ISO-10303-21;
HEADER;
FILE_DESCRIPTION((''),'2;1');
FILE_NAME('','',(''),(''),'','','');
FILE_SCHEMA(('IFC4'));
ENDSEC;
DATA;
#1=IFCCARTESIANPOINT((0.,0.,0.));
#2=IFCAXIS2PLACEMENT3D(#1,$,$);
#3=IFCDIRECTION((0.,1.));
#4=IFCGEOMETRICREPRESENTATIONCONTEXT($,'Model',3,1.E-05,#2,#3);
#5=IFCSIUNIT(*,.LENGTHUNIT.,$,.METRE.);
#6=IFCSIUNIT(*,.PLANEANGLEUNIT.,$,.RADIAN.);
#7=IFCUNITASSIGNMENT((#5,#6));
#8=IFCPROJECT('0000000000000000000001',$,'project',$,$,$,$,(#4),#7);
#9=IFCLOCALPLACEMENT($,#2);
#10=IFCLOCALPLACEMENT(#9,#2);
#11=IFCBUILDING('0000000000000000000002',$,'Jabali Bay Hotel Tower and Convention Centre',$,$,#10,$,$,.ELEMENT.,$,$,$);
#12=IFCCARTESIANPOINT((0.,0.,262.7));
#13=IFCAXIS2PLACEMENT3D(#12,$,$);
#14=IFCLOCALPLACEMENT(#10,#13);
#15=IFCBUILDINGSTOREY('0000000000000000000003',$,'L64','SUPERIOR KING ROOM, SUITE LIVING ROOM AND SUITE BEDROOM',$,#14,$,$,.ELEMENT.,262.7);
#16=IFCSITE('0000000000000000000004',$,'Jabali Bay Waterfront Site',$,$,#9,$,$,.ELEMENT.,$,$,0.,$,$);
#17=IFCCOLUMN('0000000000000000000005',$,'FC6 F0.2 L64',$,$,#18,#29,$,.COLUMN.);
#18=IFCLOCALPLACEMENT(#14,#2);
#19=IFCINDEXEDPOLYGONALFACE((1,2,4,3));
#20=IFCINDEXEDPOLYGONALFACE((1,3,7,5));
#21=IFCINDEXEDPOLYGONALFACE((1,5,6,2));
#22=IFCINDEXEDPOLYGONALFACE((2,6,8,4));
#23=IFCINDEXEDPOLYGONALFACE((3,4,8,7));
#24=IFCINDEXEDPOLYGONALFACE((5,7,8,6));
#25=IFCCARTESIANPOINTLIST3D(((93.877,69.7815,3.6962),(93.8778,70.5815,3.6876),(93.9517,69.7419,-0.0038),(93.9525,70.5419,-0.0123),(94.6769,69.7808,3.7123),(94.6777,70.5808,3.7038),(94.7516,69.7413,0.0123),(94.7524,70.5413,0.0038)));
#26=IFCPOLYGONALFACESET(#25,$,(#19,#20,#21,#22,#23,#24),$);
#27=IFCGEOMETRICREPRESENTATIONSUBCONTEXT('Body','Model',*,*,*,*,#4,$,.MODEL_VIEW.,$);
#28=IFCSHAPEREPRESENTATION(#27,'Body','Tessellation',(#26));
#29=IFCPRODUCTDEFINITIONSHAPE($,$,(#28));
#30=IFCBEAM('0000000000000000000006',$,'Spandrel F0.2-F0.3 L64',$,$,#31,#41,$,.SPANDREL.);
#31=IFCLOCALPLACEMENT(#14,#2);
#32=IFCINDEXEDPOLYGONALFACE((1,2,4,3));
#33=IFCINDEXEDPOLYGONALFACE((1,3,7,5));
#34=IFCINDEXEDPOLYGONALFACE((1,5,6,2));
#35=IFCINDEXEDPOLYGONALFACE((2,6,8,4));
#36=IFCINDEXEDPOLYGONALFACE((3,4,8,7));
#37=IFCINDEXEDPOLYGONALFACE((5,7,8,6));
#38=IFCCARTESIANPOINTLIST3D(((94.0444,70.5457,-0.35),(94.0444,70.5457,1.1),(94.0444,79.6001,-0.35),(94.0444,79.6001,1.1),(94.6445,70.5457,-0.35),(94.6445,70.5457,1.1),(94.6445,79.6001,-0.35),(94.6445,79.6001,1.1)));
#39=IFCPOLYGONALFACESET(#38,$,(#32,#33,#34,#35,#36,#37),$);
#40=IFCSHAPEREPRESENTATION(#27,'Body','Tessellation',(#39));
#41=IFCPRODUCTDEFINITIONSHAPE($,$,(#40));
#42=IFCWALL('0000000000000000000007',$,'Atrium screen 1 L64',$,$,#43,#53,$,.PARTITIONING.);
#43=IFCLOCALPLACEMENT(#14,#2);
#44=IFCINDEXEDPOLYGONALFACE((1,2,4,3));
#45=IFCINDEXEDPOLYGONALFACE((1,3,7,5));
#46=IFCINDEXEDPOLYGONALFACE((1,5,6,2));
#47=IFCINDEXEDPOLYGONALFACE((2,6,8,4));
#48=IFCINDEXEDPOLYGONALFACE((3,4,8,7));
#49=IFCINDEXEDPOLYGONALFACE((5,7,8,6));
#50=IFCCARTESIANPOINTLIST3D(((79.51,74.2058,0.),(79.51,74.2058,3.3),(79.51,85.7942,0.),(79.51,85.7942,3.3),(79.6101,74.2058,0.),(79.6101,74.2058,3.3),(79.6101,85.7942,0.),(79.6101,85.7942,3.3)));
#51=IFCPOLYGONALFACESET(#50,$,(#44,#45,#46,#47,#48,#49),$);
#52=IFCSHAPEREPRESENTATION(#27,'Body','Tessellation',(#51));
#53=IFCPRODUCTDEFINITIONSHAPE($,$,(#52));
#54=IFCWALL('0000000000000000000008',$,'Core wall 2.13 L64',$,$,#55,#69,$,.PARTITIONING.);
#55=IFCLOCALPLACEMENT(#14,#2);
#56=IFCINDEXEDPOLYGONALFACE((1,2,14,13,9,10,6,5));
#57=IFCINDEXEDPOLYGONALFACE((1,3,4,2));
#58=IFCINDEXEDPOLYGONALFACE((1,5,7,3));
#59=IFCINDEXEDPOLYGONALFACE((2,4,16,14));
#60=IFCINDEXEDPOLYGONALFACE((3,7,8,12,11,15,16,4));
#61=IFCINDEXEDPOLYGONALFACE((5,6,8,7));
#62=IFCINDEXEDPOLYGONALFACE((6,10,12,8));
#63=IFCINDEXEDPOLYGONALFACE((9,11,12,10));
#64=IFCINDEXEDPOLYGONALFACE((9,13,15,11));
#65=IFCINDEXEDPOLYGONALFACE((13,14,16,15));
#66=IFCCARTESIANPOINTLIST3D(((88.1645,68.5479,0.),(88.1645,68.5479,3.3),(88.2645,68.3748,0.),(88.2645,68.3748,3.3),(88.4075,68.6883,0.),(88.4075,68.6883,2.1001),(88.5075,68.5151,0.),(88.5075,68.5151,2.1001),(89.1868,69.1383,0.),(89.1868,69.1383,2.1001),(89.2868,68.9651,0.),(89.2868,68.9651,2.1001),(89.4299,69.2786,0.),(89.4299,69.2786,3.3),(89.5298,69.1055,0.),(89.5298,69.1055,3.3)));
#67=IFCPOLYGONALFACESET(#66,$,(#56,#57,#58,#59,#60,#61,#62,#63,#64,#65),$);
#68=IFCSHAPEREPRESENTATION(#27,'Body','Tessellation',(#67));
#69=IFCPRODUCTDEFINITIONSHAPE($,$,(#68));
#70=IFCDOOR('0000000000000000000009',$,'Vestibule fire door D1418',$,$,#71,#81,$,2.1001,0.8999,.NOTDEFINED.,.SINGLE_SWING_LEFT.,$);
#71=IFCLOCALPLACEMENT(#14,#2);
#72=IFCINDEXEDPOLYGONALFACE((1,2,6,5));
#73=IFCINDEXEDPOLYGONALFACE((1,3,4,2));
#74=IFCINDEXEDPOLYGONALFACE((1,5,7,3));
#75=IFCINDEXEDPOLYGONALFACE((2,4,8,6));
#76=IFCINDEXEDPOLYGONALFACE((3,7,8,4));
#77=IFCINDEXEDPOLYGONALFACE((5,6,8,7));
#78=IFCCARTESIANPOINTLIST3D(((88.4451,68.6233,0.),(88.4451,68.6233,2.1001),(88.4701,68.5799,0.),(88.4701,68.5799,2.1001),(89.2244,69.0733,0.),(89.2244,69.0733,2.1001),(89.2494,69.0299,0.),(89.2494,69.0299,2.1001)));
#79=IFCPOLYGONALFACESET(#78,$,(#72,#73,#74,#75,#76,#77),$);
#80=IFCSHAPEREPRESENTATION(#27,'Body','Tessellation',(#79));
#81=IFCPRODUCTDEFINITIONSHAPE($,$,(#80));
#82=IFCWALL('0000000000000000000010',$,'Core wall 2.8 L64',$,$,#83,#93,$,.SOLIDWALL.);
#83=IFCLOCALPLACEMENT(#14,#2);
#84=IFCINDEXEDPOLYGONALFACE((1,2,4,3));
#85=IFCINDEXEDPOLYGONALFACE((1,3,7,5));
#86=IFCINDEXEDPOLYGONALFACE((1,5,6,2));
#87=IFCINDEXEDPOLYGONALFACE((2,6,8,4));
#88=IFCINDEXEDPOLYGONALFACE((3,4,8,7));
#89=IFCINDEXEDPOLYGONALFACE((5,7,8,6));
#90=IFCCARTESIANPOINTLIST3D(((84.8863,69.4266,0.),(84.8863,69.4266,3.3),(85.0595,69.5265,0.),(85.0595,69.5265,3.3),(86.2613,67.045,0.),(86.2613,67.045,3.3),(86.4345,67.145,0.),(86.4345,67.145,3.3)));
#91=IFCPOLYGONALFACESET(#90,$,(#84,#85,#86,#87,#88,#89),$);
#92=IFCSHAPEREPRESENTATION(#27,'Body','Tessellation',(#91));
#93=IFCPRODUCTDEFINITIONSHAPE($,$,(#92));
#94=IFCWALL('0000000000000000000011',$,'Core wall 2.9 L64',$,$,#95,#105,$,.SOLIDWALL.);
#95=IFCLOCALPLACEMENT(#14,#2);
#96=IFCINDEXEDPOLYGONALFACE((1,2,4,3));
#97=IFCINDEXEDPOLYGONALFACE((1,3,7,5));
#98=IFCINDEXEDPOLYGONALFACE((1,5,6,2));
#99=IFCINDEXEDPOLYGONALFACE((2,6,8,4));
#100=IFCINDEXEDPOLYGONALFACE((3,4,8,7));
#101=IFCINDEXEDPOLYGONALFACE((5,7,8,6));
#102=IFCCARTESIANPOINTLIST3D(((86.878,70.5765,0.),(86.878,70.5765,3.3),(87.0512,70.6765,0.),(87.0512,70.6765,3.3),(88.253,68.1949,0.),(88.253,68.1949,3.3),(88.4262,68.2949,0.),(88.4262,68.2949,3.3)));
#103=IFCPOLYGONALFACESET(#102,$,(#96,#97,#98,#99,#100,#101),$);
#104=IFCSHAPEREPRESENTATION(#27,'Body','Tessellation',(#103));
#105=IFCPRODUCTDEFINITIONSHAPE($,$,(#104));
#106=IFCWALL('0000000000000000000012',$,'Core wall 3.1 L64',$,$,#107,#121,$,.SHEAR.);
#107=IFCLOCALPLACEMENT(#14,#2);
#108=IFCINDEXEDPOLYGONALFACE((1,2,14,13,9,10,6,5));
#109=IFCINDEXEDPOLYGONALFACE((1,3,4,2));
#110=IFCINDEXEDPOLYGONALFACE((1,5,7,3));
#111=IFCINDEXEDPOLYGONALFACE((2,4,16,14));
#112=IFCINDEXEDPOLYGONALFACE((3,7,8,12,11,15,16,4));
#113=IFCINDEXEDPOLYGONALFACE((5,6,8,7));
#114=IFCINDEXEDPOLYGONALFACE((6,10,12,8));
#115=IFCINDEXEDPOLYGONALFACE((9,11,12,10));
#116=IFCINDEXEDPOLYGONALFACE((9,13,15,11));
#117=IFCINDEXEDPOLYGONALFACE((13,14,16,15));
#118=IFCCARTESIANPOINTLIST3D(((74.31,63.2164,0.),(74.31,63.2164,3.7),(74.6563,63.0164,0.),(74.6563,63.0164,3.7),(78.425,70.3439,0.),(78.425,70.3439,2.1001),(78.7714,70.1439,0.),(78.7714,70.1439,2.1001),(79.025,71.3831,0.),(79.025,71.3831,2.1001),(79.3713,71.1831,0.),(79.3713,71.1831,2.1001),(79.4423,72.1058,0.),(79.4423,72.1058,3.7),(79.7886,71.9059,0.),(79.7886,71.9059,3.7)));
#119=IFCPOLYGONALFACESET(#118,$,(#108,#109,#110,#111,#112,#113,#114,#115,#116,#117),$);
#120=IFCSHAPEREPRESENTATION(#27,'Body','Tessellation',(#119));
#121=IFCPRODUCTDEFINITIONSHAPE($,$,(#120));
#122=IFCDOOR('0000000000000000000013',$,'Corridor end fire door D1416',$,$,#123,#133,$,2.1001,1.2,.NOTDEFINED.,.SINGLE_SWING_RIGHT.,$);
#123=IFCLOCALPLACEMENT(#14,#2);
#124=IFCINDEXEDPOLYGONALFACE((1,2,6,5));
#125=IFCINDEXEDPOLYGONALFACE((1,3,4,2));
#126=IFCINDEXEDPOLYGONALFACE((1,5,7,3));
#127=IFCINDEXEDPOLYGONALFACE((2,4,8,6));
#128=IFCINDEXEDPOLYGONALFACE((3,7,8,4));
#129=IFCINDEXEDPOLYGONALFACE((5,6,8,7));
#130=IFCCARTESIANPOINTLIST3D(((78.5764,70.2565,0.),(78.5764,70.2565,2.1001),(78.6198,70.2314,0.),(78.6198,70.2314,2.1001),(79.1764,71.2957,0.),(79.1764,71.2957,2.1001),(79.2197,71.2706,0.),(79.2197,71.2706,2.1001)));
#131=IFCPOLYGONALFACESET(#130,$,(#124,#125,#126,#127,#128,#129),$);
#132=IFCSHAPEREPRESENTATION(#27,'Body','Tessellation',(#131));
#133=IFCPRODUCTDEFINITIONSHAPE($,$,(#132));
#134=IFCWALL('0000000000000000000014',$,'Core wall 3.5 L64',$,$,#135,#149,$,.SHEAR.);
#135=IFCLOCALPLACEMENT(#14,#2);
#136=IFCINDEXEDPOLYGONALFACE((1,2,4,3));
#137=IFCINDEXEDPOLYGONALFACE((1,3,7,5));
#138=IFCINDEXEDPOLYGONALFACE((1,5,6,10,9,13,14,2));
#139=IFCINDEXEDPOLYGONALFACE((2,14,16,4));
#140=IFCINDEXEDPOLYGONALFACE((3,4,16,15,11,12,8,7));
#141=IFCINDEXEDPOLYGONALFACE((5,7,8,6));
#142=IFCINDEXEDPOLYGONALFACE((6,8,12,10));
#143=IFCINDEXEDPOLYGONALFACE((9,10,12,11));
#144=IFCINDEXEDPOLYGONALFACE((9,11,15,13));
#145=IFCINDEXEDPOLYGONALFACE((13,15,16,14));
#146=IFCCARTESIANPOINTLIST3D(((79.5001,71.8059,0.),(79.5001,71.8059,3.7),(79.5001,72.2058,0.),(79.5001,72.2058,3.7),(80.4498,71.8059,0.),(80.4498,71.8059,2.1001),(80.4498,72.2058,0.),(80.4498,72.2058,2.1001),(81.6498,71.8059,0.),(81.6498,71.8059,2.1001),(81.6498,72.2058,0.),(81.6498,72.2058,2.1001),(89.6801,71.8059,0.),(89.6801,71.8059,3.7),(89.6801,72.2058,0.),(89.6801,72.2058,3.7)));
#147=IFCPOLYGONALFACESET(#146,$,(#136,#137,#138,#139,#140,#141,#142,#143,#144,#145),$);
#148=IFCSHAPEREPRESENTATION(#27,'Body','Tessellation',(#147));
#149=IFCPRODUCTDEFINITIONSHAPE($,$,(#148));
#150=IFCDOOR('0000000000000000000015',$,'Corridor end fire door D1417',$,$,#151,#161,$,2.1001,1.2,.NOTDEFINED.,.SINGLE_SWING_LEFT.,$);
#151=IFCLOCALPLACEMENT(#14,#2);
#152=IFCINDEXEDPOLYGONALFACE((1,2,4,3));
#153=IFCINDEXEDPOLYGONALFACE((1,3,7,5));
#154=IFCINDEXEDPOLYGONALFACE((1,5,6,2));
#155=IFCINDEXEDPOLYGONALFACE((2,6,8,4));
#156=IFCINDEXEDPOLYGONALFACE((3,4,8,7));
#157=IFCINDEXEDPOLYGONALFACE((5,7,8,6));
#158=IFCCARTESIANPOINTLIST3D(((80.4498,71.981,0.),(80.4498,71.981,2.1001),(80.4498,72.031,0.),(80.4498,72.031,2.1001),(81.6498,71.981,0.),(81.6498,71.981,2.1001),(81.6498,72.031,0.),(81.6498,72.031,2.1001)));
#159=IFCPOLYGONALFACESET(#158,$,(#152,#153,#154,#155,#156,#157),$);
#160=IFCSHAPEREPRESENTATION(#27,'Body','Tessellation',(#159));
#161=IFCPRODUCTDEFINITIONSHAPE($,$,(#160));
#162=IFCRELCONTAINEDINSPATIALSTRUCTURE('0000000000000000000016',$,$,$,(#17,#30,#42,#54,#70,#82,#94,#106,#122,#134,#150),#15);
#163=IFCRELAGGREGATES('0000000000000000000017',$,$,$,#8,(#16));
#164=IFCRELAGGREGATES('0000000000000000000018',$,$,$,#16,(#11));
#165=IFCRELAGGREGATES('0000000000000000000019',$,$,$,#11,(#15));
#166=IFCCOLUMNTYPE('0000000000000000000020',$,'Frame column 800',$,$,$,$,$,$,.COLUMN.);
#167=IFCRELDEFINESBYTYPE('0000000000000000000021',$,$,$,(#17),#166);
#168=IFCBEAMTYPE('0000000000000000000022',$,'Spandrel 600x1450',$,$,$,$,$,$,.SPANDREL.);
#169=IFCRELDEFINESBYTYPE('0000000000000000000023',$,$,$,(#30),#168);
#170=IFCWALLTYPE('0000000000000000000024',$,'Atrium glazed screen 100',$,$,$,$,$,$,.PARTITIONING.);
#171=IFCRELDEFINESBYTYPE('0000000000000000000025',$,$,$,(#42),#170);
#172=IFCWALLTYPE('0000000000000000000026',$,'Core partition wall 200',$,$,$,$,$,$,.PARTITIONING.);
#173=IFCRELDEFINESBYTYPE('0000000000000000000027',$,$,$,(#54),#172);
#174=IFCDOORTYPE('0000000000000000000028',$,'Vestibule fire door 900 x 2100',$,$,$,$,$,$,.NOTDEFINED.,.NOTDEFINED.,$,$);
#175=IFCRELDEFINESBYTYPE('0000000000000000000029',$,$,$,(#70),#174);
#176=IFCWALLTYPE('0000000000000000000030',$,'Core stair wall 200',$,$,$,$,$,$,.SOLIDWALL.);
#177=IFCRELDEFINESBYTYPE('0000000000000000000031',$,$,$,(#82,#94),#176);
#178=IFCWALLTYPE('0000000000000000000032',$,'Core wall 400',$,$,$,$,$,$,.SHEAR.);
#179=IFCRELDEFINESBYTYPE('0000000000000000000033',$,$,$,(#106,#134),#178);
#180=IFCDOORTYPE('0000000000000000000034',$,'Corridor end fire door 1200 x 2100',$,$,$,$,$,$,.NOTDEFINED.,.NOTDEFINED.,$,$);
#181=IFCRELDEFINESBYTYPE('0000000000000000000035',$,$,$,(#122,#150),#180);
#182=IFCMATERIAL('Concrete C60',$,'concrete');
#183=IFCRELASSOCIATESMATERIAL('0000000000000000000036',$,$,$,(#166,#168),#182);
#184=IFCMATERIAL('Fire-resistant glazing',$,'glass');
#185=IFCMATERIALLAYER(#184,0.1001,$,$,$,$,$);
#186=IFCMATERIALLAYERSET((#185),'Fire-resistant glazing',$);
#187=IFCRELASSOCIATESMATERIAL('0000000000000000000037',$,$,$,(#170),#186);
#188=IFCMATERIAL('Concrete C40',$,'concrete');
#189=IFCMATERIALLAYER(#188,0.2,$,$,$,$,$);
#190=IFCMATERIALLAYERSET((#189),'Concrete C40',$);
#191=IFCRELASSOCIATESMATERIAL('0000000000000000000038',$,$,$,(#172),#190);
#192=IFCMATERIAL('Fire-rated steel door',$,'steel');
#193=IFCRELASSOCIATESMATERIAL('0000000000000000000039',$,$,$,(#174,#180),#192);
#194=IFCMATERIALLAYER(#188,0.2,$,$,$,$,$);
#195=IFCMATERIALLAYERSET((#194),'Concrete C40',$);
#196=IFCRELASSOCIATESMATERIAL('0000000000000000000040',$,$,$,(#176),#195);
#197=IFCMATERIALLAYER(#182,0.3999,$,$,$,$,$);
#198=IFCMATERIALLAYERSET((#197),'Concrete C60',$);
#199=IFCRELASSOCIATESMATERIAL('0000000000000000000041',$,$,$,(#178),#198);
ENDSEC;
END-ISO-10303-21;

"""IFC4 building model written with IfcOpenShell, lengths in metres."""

from ifc_helpers import new_model, si_unit, direction, frame, frame_2d, origin, origin_2d, place, context, subcontext, project, spatial, rectangle, extrude, material, layer, layer_set, material_profile, profile_set, type_object, element, fill, save


model = new_model("IFC4")

# Units and contexts
model_context = context("Model", 3, precision=1e-05, world=origin(), true_north=direction((0.0, 1.0)))
body_context = subcontext(model_context, "Body", "Model", "MODEL_VIEW")
ifc_project = project(units=[si_unit("LENGTHUNIT", "METRE"), si_unit("PLANEANGLEUNIT", "RADIAN")], contexts=[model_context])

# Site, building, storey
site_placement = place(None, origin())
site = spatial("IfcSite", under=ifc_project, at=site_placement, Name="Jabali Bay Waterfront Site", CompositionType="ELEMENT", RefElevation=0.0)
building_placement = place(site_placement, origin())
building = spatial("IfcBuilding", under=site, at=building_placement, Name="Jabali Bay Hotel Tower and Convention Centre", CompositionType="ELEMENT")
storey_placement = place(building_placement, frame((0.0, 0.0, 262.7)))
storey = spatial("IfcBuildingStorey", under=building, at=storey_placement, Name="L64", Description="SUPERIOR KING ROOM, SUITE LIVING ROOM AND SUITE BEDROOM", CompositionType="ELEMENT", Elevation=262.7)

# Column
ifc_material_1 = material(Name="Concrete C60", Category="concrete")
ifc_material_profile_1 = material_profile(ifc_material_1, rectangle(XDim=0.8, YDim=0.8, at=origin_2d()), Name="Frame column 800")
ifc_profile_set_1 = profile_set([ifc_material_profile_1], Name="Concrete C60")
column_type = type_object("IfcColumnType", Name="Frame column 800", PredefinedType="COLUMN", material=ifc_profile_set_1)
column_placement = place(storey_placement, frame((94.3521, 70.1416, 0.0), z_axis=(-0.020186, 0.010687, 0.999739), x_axis=(-0.001023, -0.999943, 0.010668)))
element("IfcColumn", 1, at=column_placement, inside=storey, type_object=column_type, Name="FC6 F0.2 L64", PredefinedType="COLUMN", context=body_context, shape_type="SweptSolid", body=[
    extrude(rectangle(XDim=0.8, YDim=0.8, at=origin_2d()), origin(), (0.0, 0.0, 1.0), 3.7009),
])

# Beam
ifc_material_profile_2 = material_profile(ifc_material_1, rectangle(XDim=0.6001, YDim=1.45, at=origin_2d()), Name="Spandrel 600x1450")
ifc_profile_set_2 = profile_set([ifc_material_profile_2], Name="Concrete C60")
beam_type = type_object("IfcBeamType", Name="Spandrel 600x1450", PredefinedType="SPANDREL", material=ifc_profile_set_2)
beam_placement = place(storey_placement, frame((94.3445, 70.5457, 0.375), z_axis=(0.0, 1.0, 0.0), x_axis=(-1.0, 0.0, 0.0)))
element("IfcBeam", 2, at=beam_placement, inside=storey, type_object=beam_type, Name="Spandrel F0.2-F0.3 L64", PredefinedType="SPANDREL", context=body_context, shape_type="SweptSolid", body=[
    extrude(rectangle(XDim=0.6001, YDim=1.45, at=origin_2d()), origin(), (0.0, 0.0, 1.0), 9.0544),
])

# Wall
ifc_material_2 = material(Name="Fire-resistant glazing", Category="glass")
ifc_layer_1 = layer(ifc_material_2, 0.1001)
ifc_layer_set_1 = layer_set([ifc_layer_1], Name="Fire-resistant glazing")
wall_type_1 = type_object("IfcWallType", Name="Atrium glazed screen 100", PredefinedType="PARTITIONING", material=ifc_layer_set_1)
wall_1_placement = place(storey_placement, frame((79.5601, 74.2058, 0.0), z_axis=(0.0, 0.0, 1.0), x_axis=(0.0, 1.0, 0.0)))
element("IfcWall", 3, at=wall_1_placement, inside=storey, type_object=wall_type_1, Name="Atrium screen 1 L64", PredefinedType="PARTITIONING", context=body_context, shape_type="SweptSolid", body=[
    extrude(rectangle(XDim=11.5884, YDim=0.1001, at=frame_2d((5.7942, 0.0))), origin(), (0.0, 0.0, 1.0), 3.3),
])

# Wall, opening, door
ifc_material_3 = material(Name="Concrete C40", Category="concrete")
ifc_layer_2 = layer(ifc_material_3, 0.2)
ifc_layer_set_2 = layer_set([ifc_layer_2], Name="Concrete C40")
wall_type_2 = type_object("IfcWallType", Name="Core partition wall 200", PredefinedType="PARTITIONING", material=ifc_layer_set_2)
wall_2_placement = place(storey_placement, frame((88.2146, 68.4614, 0.0), z_axis=(0.0, 0.0, 1.0), x_axis=(0.865982, 0.500074, 0.0)))
wall_2 = element("IfcWall", 4, at=wall_2_placement, inside=storey, type_object=wall_type_2, Name="Core wall 2.13 L64", PredefinedType="PARTITIONING", context=body_context, shape_type="SweptSolid", body=[
    extrude(rectangle(XDim=1.4612, YDim=0.2, at=frame_2d((0.7305, 0.0))), origin(), (0.0, 0.0, 1.0), 3.3),
])
opening_1_placement = place(wall_2_placement, frame((0.2805, 0.0, 0.0)))
opening_1 = element("IfcOpeningElement", 5, at=opening_1_placement, cuts=wall_2, PredefinedType="OPENING", context=body_context, shape_type="SweptSolid", body=[
    extrude(rectangle(XDim=0.8999, YDim=2.1001, at=frame_2d((0.45, 1.05))), frame((0.0, 0.1104, 0.0), z_axis=(0.0, -1.0, 0.0), x_axis=(1.0, 0.0, 0.0)), (0.0, 0.0, 1.0), 0.2209),
])
ifc_material_4 = material(Name="Fire-rated steel door", Category="steel")
door_type_1 = type_object("IfcDoorType", Name="Vestibule fire door 900 x 2100", OperationType="NOTDEFINED", PredefinedType="NOTDEFINED", material=ifc_material_4)
door_1_placement = place(opening_1_placement, origin())
door_1 = element("IfcDoor", 6, at=door_1_placement, inside=storey, type_object=door_type_1, Name="Vestibule fire door D1418", OperationType="SINGLE_SWING_LEFT", OverallHeight=2.1001, OverallWidth=0.8999, PredefinedType="NOTDEFINED", context=body_context, shape_type="SweptSolid", body=[
    extrude(rectangle(XDim=0.8999, YDim=2.1001, at=frame_2d((0.45, 1.05))), frame((0.0, 0.0249, 0.0), z_axis=(0.0, -1.0, 0.0), x_axis=(1.0, 0.0, 0.0)), (0.0, 0.0, 1.0), 0.05),
])
fill(opening_1, door_1)

# Walls
ifc_layer_3 = layer(ifc_material_3, 0.2)
ifc_layer_set_3 = layer_set([ifc_layer_3], Name="Concrete C40")
wall_type_3 = type_object("IfcWallType", Name="Core stair wall 200", PredefinedType="SOLIDWALL", material=ifc_layer_set_3)
for number, where, z_axis, x_axis, name in (
    (7, (84.9729, 69.4766, 0.0), (0.0, 0.0, 1.0), (0.499997, -0.866027, 0.0), "Core wall 2.8 L64"),
    (8, (86.9646, 70.6265, 0.0), (0.0, 0.0, 1.0), (0.499997, -0.866027, 0.0), "Core wall 2.9 L64"),
):
    element("IfcWall", number, at=place(storey_placement, frame(where, z_axis=z_axis, x_axis=x_axis)), inside=storey, type_object=wall_type_3, Name=name, PredefinedType="SOLIDWALL", context=body_context, shape_type="SweptSolid", body=[
        extrude(rectangle(XDim=2.75, YDim=0.2, at=frame_2d((1.375, 0.0))), origin(), (0.0, 0.0, 1.0), 3.3),
    ])

# Walls, openings, doors
ifc_layer_4 = layer(ifc_material_1, 0.3999)
ifc_layer_set_4 = layer_set([ifc_layer_4], Name="Concrete C60")
wall_type_4 = type_object("IfcWallType", Name="Core wall 400", PredefinedType="SHEAR", material=ifc_layer_set_4)
wall_3_placement = place(storey_placement, frame((79.6155, 72.0059, 0.0), z_axis=(0.0, 0.0, 1.0), x_axis=(-0.500002, -0.866024, 0.0)))
wall_3 = element("IfcWall", 9, at=wall_3_placement, inside=storey, type_object=wall_type_4, Name="Core wall 3.1 L64", PredefinedType="SHEAR", context=body_context, shape_type="SweptSolid", body=[
    extrude(rectangle(XDim=10.2646, YDim=0.3999, at=frame_2d((5.1323, 0.0))), origin(), (0.0, 0.0, 1.0), 3.7),
])
opening_2_placement = place(wall_3_placement, frame((0.8345, 0.0, 0.0)))
opening_2 = element("IfcOpeningElement", 10, at=opening_2_placement, cuts=wall_3, PredefinedType="OPENING", context=body_context, shape_type="SweptSolid", body=[
    extrude(rectangle(XDim=1.2, YDim=2.1001, at=frame_2d((0.6001, 1.05))), frame((0.0, 0.2104, 0.0), z_axis=(0.0, -1.0, 0.0), x_axis=(1.0, 0.0, 0.0)), (0.0, 0.0, 1.0), 0.4209),
])
door_type_2 = type_object("IfcDoorType", Name="Corridor end fire door 1200 x 2100", OperationType="NOTDEFINED", PredefinedType="NOTDEFINED", material=ifc_material_4)
door_2_placement = place(opening_2_placement, origin())
door_2 = element("IfcDoor", 11, at=door_2_placement, inside=storey, type_object=door_type_2, Name="Corridor end fire door D1416", OperationType="SINGLE_SWING_RIGHT", OverallHeight=2.1001, OverallWidth=1.2, PredefinedType="NOTDEFINED", context=body_context, shape_type="SweptSolid", body=[
    extrude(rectangle(XDim=1.2, YDim=2.1001, at=frame_2d((0.6001, 1.05))), frame((0.0, 0.0249, 0.0), z_axis=(0.0, -1.0, 0.0), x_axis=(1.0, 0.0, 0.0)), (0.0, 0.0, 1.0), 0.05),
])
fill(opening_2, door_2)
wall_4_placement = place(storey_placement, frame((89.6799, 72.0059, 0.0), z_axis=(0.0, 0.0, 1.0), x_axis=(-1.0, 0.0, 0.0)))
wall_4 = element("IfcWall", 12, at=wall_4_placement, inside=storey, type_object=wall_type_4, Name="Core wall 3.5 L64", PredefinedType="SHEAR", context=body_context, shape_type="SweptSolid", body=[
    extrude(rectangle(XDim=10.1799, YDim=0.3999, at=frame_2d((5.0898, 0.0))), origin(), (0.0, 0.0, 1.0), 3.7),
])
opening_3_placement = place(wall_4_placement, frame((8.03, 0.0, 0.0)))
opening_3 = element("IfcOpeningElement", 13, at=opening_3_placement, cuts=wall_4, PredefinedType="OPENING", context=body_context, shape_type="SweptSolid", body=[
    extrude(rectangle(XDim=1.2, YDim=2.1001, at=frame_2d((0.6001, 1.05))), frame((0.0, 0.2104, 0.0), z_axis=(0.0, -1.0, 0.0), x_axis=(1.0, 0.0, 0.0)), (0.0, 0.0, 1.0), 0.4209),
])
door_3_placement = place(opening_3_placement, origin())
door_3 = element("IfcDoor", 14, at=door_3_placement, inside=storey, type_object=door_type_2, Name="Corridor end fire door D1417", OperationType="SINGLE_SWING_LEFT", OverallHeight=2.1001, OverallWidth=1.2, PredefinedType="NOTDEFINED", context=body_context, shape_type="SweptSolid", body=[
    extrude(rectangle(XDim=1.2, YDim=2.1001, at=frame_2d((0.6001, 1.05))), frame((0.0, 0.0249, 0.0), z_axis=(0.0, -1.0, 0.0), x_axis=(1.0, 0.0, 0.0)), (0.0, 0.0, 1.0), 0.05),
])
fill(opening_3, door_3)

save(model, "model.ifc")
